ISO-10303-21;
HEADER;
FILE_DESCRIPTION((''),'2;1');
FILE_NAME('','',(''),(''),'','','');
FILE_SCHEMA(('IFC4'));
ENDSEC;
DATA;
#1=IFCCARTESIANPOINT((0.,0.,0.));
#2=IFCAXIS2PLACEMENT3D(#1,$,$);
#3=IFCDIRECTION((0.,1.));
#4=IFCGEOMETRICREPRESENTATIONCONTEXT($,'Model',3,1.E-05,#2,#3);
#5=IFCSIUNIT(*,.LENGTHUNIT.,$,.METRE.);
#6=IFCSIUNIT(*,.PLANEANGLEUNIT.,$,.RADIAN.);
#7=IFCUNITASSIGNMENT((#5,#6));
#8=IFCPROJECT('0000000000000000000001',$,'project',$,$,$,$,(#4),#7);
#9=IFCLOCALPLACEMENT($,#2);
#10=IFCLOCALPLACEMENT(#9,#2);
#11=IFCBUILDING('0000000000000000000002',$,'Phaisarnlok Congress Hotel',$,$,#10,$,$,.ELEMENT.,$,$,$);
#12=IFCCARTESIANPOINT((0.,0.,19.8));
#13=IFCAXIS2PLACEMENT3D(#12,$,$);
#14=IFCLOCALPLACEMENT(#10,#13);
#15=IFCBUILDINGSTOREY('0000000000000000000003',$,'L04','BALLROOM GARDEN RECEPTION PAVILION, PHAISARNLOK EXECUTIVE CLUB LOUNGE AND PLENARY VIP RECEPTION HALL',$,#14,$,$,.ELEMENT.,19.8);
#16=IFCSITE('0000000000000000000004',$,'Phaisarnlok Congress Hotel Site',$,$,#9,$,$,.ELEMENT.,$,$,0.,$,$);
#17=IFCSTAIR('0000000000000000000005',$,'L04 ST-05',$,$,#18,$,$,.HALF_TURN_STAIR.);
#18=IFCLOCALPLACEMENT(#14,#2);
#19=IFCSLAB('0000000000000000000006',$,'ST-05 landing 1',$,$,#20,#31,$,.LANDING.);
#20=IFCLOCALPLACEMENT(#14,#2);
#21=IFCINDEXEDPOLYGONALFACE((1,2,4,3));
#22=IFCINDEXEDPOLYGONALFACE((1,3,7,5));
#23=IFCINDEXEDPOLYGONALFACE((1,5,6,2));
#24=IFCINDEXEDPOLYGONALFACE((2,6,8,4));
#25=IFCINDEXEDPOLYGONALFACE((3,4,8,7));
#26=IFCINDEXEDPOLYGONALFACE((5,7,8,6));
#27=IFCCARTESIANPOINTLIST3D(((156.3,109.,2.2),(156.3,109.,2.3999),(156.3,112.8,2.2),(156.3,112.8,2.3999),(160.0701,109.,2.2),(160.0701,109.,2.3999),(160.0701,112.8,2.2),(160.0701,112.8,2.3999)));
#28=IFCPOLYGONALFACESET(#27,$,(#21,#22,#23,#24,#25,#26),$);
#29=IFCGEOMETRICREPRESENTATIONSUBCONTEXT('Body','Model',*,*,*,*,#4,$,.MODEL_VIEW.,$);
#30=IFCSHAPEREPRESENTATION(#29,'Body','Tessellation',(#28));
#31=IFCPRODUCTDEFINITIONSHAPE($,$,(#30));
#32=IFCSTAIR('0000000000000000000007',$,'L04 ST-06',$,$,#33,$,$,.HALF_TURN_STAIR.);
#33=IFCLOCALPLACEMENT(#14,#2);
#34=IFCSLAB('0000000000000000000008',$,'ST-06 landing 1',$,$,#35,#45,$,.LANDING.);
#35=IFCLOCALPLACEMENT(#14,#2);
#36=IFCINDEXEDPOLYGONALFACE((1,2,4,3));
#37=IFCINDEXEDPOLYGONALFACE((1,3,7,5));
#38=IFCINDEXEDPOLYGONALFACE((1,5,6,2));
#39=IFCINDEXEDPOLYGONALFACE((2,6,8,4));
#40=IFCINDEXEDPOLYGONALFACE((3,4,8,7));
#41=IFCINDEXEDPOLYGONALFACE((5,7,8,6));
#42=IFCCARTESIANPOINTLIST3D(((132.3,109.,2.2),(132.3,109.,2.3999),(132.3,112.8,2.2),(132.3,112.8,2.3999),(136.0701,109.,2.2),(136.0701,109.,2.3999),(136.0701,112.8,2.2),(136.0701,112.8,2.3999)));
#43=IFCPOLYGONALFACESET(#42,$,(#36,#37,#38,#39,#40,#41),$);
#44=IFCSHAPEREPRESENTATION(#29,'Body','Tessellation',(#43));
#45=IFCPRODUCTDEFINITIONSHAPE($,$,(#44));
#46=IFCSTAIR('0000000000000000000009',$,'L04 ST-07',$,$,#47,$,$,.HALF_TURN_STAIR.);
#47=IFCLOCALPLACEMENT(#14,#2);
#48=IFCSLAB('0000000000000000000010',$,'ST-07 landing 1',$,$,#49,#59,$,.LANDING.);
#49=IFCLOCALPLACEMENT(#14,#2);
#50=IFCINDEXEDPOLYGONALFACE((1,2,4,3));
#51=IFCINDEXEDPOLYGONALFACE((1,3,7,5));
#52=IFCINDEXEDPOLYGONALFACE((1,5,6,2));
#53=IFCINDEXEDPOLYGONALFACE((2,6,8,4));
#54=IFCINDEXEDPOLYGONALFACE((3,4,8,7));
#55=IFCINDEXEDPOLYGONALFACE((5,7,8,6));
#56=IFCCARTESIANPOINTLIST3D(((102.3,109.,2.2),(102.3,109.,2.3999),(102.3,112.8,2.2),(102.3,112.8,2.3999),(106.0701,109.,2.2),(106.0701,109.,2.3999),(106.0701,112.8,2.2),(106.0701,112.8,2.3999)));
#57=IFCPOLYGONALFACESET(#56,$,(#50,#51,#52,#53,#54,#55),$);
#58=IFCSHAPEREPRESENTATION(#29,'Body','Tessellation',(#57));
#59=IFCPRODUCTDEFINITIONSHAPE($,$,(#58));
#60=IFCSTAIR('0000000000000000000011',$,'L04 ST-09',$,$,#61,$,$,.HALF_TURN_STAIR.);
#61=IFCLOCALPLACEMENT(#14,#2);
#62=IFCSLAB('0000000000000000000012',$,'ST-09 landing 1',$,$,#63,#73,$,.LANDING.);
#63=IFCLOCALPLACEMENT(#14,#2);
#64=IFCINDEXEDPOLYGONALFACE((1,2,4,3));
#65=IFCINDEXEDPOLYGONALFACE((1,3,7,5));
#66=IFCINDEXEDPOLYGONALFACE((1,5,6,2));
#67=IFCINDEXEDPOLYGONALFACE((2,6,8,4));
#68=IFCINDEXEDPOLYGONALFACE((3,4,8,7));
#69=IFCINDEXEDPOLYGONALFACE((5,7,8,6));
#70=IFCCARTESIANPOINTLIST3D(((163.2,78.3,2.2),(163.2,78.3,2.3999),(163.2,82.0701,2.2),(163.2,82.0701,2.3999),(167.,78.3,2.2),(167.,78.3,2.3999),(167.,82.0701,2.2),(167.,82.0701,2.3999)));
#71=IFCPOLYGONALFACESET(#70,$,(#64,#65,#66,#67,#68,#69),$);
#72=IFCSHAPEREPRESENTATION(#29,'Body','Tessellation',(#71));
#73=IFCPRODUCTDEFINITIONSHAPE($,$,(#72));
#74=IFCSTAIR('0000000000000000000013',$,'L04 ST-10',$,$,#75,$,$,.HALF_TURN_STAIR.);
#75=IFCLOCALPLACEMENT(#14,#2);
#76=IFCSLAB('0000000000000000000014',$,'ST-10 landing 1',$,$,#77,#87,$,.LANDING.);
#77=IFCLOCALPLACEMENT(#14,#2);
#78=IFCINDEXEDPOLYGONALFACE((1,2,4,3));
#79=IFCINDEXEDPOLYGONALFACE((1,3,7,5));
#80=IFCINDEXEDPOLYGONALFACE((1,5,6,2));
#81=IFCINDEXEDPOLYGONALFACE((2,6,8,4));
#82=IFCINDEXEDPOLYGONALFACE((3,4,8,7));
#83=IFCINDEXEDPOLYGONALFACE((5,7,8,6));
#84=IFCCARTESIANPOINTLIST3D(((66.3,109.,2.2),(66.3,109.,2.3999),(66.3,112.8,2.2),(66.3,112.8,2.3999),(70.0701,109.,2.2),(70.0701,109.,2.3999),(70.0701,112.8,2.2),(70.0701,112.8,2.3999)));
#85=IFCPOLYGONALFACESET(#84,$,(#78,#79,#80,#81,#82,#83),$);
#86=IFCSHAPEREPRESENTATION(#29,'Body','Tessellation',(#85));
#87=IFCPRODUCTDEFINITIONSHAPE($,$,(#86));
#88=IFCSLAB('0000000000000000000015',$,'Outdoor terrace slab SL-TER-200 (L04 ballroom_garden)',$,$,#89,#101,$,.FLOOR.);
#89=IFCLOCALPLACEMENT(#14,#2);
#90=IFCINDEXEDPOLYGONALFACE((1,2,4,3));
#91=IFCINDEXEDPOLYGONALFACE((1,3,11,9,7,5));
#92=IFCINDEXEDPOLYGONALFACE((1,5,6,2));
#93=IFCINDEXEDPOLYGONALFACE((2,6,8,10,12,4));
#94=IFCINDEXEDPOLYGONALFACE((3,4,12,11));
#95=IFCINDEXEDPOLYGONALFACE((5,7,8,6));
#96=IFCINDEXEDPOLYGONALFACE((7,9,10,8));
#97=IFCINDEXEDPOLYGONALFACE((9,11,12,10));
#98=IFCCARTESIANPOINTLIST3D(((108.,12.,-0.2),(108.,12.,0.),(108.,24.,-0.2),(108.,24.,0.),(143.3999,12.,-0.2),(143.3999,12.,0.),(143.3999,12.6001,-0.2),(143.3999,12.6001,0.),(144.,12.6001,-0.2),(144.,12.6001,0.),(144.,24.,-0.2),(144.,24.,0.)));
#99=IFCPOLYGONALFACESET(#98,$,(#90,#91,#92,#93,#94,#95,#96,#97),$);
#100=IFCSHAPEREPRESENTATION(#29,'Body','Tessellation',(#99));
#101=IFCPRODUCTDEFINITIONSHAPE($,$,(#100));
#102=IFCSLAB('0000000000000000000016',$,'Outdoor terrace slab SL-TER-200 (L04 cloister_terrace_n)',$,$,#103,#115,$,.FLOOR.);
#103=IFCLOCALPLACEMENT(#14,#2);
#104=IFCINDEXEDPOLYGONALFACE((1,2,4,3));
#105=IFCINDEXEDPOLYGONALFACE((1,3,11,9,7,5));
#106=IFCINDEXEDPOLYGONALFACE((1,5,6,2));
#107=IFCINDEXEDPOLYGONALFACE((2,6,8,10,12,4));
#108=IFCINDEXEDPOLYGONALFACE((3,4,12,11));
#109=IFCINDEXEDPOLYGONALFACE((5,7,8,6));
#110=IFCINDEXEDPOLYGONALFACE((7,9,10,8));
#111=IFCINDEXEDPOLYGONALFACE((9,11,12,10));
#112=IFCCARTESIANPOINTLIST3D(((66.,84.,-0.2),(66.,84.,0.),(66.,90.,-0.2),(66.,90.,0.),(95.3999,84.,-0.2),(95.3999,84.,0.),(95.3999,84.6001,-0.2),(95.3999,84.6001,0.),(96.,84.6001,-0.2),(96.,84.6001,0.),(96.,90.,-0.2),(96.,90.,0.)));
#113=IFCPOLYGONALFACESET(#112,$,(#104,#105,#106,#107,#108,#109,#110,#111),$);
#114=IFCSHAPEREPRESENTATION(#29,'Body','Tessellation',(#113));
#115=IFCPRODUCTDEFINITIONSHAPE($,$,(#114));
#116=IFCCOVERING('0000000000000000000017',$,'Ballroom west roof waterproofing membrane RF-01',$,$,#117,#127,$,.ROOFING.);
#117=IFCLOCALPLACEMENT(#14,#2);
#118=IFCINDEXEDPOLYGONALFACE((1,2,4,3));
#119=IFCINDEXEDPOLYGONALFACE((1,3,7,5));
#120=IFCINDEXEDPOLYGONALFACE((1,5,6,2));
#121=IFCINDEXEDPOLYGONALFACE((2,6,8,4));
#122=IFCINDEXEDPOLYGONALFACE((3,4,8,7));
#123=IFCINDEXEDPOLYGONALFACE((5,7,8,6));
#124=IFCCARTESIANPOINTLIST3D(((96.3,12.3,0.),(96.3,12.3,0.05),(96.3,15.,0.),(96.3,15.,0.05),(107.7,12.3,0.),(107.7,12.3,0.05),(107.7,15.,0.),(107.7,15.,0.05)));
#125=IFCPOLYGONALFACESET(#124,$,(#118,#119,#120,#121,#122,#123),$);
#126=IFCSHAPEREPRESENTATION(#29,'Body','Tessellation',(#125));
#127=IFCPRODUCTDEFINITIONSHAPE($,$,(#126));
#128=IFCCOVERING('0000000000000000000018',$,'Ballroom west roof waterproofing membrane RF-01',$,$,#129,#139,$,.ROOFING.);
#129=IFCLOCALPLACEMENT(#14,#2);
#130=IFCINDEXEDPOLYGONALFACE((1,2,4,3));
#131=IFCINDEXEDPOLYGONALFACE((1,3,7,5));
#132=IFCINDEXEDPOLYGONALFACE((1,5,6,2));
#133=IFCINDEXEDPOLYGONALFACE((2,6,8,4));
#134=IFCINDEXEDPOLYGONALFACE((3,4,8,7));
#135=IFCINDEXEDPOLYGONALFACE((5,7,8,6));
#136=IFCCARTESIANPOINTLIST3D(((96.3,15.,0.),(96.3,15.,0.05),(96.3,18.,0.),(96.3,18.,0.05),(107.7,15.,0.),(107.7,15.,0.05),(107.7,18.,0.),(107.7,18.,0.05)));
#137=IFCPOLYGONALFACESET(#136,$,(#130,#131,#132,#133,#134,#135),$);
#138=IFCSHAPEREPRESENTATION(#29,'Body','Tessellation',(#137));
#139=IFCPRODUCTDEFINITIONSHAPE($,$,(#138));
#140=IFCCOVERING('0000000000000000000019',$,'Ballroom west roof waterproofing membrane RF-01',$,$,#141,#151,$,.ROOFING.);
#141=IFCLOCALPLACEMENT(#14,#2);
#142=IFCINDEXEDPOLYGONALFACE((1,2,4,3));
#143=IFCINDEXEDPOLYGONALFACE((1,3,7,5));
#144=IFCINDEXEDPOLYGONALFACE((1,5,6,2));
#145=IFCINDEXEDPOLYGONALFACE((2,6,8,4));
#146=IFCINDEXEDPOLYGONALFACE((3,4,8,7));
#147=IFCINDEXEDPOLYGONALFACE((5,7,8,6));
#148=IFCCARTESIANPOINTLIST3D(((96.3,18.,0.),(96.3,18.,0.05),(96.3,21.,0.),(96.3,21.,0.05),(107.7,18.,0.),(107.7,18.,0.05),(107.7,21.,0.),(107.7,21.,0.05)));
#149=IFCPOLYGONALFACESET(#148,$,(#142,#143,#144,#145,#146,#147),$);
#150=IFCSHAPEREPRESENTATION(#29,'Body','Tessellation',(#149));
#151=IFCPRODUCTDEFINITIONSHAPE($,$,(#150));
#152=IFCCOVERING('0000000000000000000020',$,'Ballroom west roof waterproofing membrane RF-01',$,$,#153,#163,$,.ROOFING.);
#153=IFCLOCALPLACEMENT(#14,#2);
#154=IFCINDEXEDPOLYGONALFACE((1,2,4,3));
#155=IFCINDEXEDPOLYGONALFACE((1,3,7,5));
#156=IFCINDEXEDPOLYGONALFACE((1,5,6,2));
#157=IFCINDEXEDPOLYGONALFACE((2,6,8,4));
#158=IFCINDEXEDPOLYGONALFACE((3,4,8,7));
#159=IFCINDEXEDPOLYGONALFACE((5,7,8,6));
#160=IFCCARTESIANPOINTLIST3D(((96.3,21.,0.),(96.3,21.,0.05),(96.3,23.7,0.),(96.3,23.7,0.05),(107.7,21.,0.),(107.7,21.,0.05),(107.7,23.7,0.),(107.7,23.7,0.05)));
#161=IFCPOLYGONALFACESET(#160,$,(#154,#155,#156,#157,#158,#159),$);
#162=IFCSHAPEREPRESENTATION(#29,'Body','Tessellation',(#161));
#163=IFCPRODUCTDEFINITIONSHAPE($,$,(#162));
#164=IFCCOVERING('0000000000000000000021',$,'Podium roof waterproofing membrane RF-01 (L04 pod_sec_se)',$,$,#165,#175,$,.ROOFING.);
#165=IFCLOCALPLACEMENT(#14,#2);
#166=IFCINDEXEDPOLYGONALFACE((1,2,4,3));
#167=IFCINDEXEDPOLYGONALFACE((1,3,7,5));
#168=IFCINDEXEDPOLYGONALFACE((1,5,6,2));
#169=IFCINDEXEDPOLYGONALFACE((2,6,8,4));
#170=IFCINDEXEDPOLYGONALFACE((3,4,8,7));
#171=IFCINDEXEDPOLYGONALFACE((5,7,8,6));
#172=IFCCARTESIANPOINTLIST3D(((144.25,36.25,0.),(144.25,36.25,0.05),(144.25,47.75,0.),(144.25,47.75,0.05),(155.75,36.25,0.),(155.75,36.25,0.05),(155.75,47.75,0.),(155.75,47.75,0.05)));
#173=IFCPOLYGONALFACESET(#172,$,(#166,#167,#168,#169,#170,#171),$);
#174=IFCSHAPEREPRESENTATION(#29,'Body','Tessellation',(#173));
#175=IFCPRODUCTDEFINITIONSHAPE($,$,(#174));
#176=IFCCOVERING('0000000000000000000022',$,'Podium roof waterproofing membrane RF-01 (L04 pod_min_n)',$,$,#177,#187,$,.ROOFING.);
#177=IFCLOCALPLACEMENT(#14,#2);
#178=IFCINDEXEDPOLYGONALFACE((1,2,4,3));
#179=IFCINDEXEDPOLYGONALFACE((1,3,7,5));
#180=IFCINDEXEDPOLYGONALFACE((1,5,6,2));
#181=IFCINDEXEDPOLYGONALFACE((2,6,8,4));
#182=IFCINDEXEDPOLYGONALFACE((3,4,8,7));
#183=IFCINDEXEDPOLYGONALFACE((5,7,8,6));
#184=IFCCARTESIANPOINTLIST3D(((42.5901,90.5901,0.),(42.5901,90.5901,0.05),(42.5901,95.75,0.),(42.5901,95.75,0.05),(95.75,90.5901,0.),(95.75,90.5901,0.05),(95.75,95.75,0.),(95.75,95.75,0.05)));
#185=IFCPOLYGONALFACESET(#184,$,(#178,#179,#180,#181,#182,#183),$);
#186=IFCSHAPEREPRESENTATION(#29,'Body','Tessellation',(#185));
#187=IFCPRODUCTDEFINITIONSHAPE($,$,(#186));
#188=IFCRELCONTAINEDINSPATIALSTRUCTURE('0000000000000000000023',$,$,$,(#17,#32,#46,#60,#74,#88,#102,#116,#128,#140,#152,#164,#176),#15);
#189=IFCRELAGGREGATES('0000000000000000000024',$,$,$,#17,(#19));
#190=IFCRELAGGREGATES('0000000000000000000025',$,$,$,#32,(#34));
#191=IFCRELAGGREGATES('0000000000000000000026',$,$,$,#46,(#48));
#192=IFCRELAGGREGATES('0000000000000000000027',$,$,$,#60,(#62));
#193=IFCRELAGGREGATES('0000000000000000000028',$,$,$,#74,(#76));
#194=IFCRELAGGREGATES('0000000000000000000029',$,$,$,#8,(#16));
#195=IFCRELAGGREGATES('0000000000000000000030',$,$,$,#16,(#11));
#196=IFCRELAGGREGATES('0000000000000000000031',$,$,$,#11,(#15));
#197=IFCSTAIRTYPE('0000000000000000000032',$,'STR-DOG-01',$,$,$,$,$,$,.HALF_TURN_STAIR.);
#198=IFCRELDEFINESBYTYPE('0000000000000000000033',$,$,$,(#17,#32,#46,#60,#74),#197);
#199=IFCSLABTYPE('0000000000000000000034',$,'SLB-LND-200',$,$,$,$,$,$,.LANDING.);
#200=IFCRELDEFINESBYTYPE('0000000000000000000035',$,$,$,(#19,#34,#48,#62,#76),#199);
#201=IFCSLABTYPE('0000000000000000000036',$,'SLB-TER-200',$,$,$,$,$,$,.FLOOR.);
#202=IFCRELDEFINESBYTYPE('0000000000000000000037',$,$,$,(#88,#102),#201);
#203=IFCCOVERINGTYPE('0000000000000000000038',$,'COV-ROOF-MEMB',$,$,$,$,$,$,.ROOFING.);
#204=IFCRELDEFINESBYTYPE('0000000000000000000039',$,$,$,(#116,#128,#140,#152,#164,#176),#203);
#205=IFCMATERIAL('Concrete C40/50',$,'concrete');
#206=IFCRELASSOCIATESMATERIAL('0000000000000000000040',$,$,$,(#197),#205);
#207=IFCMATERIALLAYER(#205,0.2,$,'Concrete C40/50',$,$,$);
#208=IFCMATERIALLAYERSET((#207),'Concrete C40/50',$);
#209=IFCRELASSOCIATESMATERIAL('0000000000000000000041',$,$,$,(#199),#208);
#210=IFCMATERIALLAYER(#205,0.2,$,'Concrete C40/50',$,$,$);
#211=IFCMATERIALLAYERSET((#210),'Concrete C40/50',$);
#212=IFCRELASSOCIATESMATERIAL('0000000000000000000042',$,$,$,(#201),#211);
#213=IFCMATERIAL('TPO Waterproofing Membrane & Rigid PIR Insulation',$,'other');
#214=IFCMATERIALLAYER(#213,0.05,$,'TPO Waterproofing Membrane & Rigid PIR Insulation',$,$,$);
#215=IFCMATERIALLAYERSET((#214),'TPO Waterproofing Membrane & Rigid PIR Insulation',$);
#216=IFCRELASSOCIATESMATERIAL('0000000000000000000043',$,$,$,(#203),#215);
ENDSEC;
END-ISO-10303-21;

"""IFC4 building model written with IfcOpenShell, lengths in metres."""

from ifc_helpers import new_model, si_unit, direction, frame, origin, place, context, subcontext, project, spatial, polyline, outline, extrude, material, layer, layer_set, type_object, element, aggregate, save


model = new_model("IFC4")

# Units and contexts
model_context = context("Model", 3, precision=1e-05, world=origin(), true_north=direction((0.0, 1.0)))
body_context = subcontext(model_context, "Body", "Model", "MODEL_VIEW")
ifc_project = project(units=[si_unit("LENGTHUNIT", "METRE"), si_unit("PLANEANGLEUNIT", "RADIAN")], contexts=[model_context])

# Site, building, storey
site_placement = place(None, origin())
site = spatial("IfcSite", under=ifc_project, at=site_placement, Name="Phaisarnlok Congress Hotel Site", CompositionType="ELEMENT", RefElevation=0.0)
building_placement = place(site_placement, origin())
building = spatial("IfcBuilding", under=site, at=building_placement, Name="Phaisarnlok Congress Hotel", CompositionType="ELEMENT")
storey_placement = place(building_placement, frame((0.0, 0.0, 19.8)))
storey = spatial("IfcBuildingStorey", under=building, at=storey_placement, Name="L04", Description="BALLROOM GARDEN RECEPTION PAVILION, PHAISARNLOK EXECUTIVE CLUB LOUNGE AND PLENARY VIP RECEPTION HALL", CompositionType="ELEMENT", Elevation=19.8)

# Stairs, slabs
ifc_material_1 = material(Name="Concrete C40/50", Category="concrete")
stair_type = type_object("IfcStairType", Name="STR-DOG-01", PredefinedType="HALF_TURN_STAIR", material=ifc_material_1)
stair_1_placement = place(storey_placement, origin())
stair_1 = element("IfcStair", 1, at=stair_1_placement, inside=storey, type_object=stair_type, Name="L04 ST-05", PredefinedType="HALF_TURN_STAIR")
ifc_layer_1 = layer(ifc_material_1, 0.2, Name="Concrete C40/50")
ifc_layer_set_1 = layer_set([ifc_layer_1], Name="Concrete C40/50")
slab_type_1 = type_object("IfcSlabType", Name="SLB-LND-200", PredefinedType="LANDING", material=ifc_layer_set_1)
slab_1_placement = place(storey_placement, frame((0.0, 0.0, 2.2)))
slab_1 = element("IfcSlab", 2, at=slab_1_placement, type_object=slab_type_1, Name="ST-05 landing 1", PredefinedType="LANDING", context=body_context, shape_type="SweptSolid", body=[
    extrude(outline(polyline([(160.0701, 112.8), (156.3, 112.8), (156.3, 109.0), (160.0701, 109.0), (160.0701, 112.8)])), origin(), (0.0, 0.0, 1.0), 0.2),
])
aggregate(stair_1, [slab_1])
stair_2_placement = place(storey_placement, origin())
stair_2 = element("IfcStair", 3, at=stair_2_placement, inside=storey, type_object=stair_type, Name="L04 ST-06", PredefinedType="HALF_TURN_STAIR")
slab_2_placement = place(storey_placement, frame((0.0, 0.0, 2.2)))
slab_2 = element("IfcSlab", 4, at=slab_2_placement, type_object=slab_type_1, Name="ST-06 landing 1", PredefinedType="LANDING", context=body_context, shape_type="SweptSolid", body=[
    extrude(outline(polyline([(136.0701, 112.8), (132.3, 112.8), (132.3, 109.0), (136.0701, 109.0), (136.0701, 112.8)])), origin(), (0.0, 0.0, 1.0), 0.2),
])
aggregate(stair_2, [slab_2])
stair_3_placement = place(storey_placement, origin())
stair_3 = element("IfcStair", 5, at=stair_3_placement, inside=storey, type_object=stair_type, Name="L04 ST-07", PredefinedType="HALF_TURN_STAIR")
slab_3_placement = place(storey_placement, frame((0.0, 0.0, 2.2)))
slab_3 = element("IfcSlab", 6, at=slab_3_placement, type_object=slab_type_1, Name="ST-07 landing 1", PredefinedType="LANDING", context=body_context, shape_type="SweptSolid", body=[
    extrude(outline(polyline([(106.0701, 112.8), (102.3, 112.8), (102.3, 109.0), (106.0701, 109.0), (106.0701, 112.8)])), origin(), (0.0, 0.0, 1.0), 0.2),
])
aggregate(stair_3, [slab_3])
stair_4_placement = place(storey_placement, origin())
stair_4 = element("IfcStair", 7, at=stair_4_placement, inside=storey, type_object=stair_type, Name="L04 ST-09", PredefinedType="HALF_TURN_STAIR")
slab_4_placement = place(storey_placement, frame((0.0, 0.0, 2.2)))
slab_4 = element("IfcSlab", 8, at=slab_4_placement, type_object=slab_type_1, Name="ST-09 landing 1", PredefinedType="LANDING", context=body_context, shape_type="SweptSolid", body=[
    extrude(outline(polyline([(163.2, 82.0701), (163.2, 78.3), (167.0, 78.3), (167.0, 82.0701), (163.2, 82.0701)])), origin(), (0.0, 0.0, 1.0), 0.2),
])
aggregate(stair_4, [slab_4])
stair_5_placement = place(storey_placement, origin())
stair_5 = element("IfcStair", 9, at=stair_5_placement, inside=storey, type_object=stair_type, Name="L04 ST-10", PredefinedType="HALF_TURN_STAIR")
slab_5_placement = place(storey_placement, frame((0.0, 0.0, 2.2)))
slab_5 = element("IfcSlab", 10, at=slab_5_placement, type_object=slab_type_1, Name="ST-10 landing 1", PredefinedType="LANDING", context=body_context, shape_type="SweptSolid", body=[
    extrude(outline(polyline([(70.0701, 112.8), (66.3, 112.8), (66.3, 109.0), (70.0701, 109.0), (70.0701, 112.8)])), origin(), (0.0, 0.0, 1.0), 0.2),
])
aggregate(stair_5, [slab_5])

# Slabs
ifc_layer_2 = layer(ifc_material_1, 0.2, Name="Concrete C40/50")
ifc_layer_set_2 = layer_set([ifc_layer_2], Name="Concrete C40/50")
slab_type_2 = type_object("IfcSlabType", Name="SLB-TER-200", PredefinedType="FLOOR", material=ifc_layer_set_2)
slab_6_placement = place(storey_placement, frame((0.0, 0.0, -0.2)))
element("IfcSlab", 11, at=slab_6_placement, inside=storey, type_object=slab_type_2, Name="Outdoor terrace slab SL-TER-200 (L04 ballroom_garden)", PredefinedType="FLOOR", context=body_context, shape_type="SweptSolid", body=[
    extrude(outline(polyline([(108.0, 12.0), (143.3999, 12.0), (143.3999, 12.6001), (144.0, 12.6001), (144.0, 24.0), (108.0, 24.0), (108.0, 12.0)])), origin(), (0.0, 0.0, 1.0), 0.2),
])
slab_7_placement = place(storey_placement, frame((0.0, 0.0, -0.2)))
element("IfcSlab", 12, at=slab_7_placement, inside=storey, type_object=slab_type_2, Name="Outdoor terrace slab SL-TER-200 (L04 cloister_terrace_n)", PredefinedType="FLOOR", context=body_context, shape_type="SweptSolid", body=[
    extrude(outline(polyline([(66.0, 84.0), (95.3999, 84.0), (95.3999, 84.6001), (96.0, 84.6001), (96.0, 90.0), (66.0, 90.0), (66.0, 84.0)])), origin(), (0.0, 0.0, 1.0), 0.2),
])

# Coverings
ifc_material_2 = material(Name="TPO Waterproofing Membrane & Rigid PIR Insulation", Category="other")
ifc_layer_3 = layer(ifc_material_2, 0.05, Name="TPO Waterproofing Membrane & Rigid PIR Insulation")
ifc_layer_set_3 = layer_set([ifc_layer_3], Name="TPO Waterproofing Membrane & Rigid PIR Insulation")
covering_type = type_object("IfcCoveringType", Name="COV-ROOF-MEMB", PredefinedType="ROOFING", material=ifc_layer_set_3)
covering_1_placement = place(storey_placement, origin())
element("IfcCovering", 13, at=covering_1_placement, inside=storey, type_object=covering_type, Name="Ballroom west roof waterproofing membrane RF-01", PredefinedType="ROOFING", context=body_context, shape_type="SweptSolid", body=[
    extrude(outline(polyline([(96.3, 12.3), (107.7, 12.3), (107.7, 15.0), (96.3, 15.0), (96.3, 12.3)])), origin(), (0.0, 0.0, 1.0), 0.05),
])
covering_2_placement = place(storey_placement, origin())
element("IfcCovering", 14, at=covering_2_placement, inside=storey, type_object=covering_type, Name="Ballroom west roof waterproofing membrane RF-01", PredefinedType="ROOFING", context=body_context, shape_type="SweptSolid", body=[
    extrude(outline(polyline([(96.3, 15.0), (107.7, 15.0), (107.7, 18.0), (96.3, 18.0), (96.3, 15.0)])), origin(), (0.0, 0.0, 1.0), 0.05),
])
covering_3_placement = place(storey_placement, origin())
element("IfcCovering", 15, at=covering_3_placement, inside=storey, type_object=covering_type, Name="Ballroom west roof waterproofing membrane RF-01", PredefinedType="ROOFING", context=body_context, shape_type="SweptSolid", body=[
    extrude(outline(polyline([(96.3, 18.0), (107.7, 18.0), (107.7, 21.0), (96.3, 21.0), (96.3, 18.0)])), origin(), (0.0, 0.0, 1.0), 0.05),
])
covering_4_placement = place(storey_placement, origin())
element("IfcCovering", 16, at=covering_4_placement, inside=storey, type_object=covering_type, Name="Ballroom west roof waterproofing membrane RF-01", PredefinedType="ROOFING", context=body_context, shape_type="SweptSolid", body=[
    extrude(outline(polyline([(96.3, 21.0), (107.7, 21.0), (107.7, 23.7), (96.3, 23.7), (96.3, 21.0)])), origin(), (0.0, 0.0, 1.0), 0.05),
])
covering_5_placement = place(storey_placement, origin())
element("IfcCovering", 17, at=covering_5_placement, inside=storey, type_object=covering_type, Name="Podium roof waterproofing membrane RF-01 (L04 pod_sec_se)", PredefinedType="ROOFING", context=body_context, shape_type="SweptSolid", body=[
    extrude(outline(polyline([(144.25, 36.25), (155.75, 36.25), (155.75, 47.75), (144.25, 47.75), (144.25, 36.25)])), origin(), (0.0, 0.0, 1.0), 0.05),
])
covering_6_placement = place(storey_placement, origin())
element("IfcCovering", 18, at=covering_6_placement, inside=storey, type_object=covering_type, Name="Podium roof waterproofing membrane RF-01 (L04 pod_min_n)", PredefinedType="ROOFING", context=body_context, shape_type="SweptSolid", body=[
    extrude(outline(polyline([(42.5901, 90.5901), (95.75, 90.5901), (95.75, 95.75), (42.5901, 95.75), (42.5901, 90.5901)])), origin(), (0.0, 0.0, 1.0), 0.05),
])

save(model, "model.ifc")
